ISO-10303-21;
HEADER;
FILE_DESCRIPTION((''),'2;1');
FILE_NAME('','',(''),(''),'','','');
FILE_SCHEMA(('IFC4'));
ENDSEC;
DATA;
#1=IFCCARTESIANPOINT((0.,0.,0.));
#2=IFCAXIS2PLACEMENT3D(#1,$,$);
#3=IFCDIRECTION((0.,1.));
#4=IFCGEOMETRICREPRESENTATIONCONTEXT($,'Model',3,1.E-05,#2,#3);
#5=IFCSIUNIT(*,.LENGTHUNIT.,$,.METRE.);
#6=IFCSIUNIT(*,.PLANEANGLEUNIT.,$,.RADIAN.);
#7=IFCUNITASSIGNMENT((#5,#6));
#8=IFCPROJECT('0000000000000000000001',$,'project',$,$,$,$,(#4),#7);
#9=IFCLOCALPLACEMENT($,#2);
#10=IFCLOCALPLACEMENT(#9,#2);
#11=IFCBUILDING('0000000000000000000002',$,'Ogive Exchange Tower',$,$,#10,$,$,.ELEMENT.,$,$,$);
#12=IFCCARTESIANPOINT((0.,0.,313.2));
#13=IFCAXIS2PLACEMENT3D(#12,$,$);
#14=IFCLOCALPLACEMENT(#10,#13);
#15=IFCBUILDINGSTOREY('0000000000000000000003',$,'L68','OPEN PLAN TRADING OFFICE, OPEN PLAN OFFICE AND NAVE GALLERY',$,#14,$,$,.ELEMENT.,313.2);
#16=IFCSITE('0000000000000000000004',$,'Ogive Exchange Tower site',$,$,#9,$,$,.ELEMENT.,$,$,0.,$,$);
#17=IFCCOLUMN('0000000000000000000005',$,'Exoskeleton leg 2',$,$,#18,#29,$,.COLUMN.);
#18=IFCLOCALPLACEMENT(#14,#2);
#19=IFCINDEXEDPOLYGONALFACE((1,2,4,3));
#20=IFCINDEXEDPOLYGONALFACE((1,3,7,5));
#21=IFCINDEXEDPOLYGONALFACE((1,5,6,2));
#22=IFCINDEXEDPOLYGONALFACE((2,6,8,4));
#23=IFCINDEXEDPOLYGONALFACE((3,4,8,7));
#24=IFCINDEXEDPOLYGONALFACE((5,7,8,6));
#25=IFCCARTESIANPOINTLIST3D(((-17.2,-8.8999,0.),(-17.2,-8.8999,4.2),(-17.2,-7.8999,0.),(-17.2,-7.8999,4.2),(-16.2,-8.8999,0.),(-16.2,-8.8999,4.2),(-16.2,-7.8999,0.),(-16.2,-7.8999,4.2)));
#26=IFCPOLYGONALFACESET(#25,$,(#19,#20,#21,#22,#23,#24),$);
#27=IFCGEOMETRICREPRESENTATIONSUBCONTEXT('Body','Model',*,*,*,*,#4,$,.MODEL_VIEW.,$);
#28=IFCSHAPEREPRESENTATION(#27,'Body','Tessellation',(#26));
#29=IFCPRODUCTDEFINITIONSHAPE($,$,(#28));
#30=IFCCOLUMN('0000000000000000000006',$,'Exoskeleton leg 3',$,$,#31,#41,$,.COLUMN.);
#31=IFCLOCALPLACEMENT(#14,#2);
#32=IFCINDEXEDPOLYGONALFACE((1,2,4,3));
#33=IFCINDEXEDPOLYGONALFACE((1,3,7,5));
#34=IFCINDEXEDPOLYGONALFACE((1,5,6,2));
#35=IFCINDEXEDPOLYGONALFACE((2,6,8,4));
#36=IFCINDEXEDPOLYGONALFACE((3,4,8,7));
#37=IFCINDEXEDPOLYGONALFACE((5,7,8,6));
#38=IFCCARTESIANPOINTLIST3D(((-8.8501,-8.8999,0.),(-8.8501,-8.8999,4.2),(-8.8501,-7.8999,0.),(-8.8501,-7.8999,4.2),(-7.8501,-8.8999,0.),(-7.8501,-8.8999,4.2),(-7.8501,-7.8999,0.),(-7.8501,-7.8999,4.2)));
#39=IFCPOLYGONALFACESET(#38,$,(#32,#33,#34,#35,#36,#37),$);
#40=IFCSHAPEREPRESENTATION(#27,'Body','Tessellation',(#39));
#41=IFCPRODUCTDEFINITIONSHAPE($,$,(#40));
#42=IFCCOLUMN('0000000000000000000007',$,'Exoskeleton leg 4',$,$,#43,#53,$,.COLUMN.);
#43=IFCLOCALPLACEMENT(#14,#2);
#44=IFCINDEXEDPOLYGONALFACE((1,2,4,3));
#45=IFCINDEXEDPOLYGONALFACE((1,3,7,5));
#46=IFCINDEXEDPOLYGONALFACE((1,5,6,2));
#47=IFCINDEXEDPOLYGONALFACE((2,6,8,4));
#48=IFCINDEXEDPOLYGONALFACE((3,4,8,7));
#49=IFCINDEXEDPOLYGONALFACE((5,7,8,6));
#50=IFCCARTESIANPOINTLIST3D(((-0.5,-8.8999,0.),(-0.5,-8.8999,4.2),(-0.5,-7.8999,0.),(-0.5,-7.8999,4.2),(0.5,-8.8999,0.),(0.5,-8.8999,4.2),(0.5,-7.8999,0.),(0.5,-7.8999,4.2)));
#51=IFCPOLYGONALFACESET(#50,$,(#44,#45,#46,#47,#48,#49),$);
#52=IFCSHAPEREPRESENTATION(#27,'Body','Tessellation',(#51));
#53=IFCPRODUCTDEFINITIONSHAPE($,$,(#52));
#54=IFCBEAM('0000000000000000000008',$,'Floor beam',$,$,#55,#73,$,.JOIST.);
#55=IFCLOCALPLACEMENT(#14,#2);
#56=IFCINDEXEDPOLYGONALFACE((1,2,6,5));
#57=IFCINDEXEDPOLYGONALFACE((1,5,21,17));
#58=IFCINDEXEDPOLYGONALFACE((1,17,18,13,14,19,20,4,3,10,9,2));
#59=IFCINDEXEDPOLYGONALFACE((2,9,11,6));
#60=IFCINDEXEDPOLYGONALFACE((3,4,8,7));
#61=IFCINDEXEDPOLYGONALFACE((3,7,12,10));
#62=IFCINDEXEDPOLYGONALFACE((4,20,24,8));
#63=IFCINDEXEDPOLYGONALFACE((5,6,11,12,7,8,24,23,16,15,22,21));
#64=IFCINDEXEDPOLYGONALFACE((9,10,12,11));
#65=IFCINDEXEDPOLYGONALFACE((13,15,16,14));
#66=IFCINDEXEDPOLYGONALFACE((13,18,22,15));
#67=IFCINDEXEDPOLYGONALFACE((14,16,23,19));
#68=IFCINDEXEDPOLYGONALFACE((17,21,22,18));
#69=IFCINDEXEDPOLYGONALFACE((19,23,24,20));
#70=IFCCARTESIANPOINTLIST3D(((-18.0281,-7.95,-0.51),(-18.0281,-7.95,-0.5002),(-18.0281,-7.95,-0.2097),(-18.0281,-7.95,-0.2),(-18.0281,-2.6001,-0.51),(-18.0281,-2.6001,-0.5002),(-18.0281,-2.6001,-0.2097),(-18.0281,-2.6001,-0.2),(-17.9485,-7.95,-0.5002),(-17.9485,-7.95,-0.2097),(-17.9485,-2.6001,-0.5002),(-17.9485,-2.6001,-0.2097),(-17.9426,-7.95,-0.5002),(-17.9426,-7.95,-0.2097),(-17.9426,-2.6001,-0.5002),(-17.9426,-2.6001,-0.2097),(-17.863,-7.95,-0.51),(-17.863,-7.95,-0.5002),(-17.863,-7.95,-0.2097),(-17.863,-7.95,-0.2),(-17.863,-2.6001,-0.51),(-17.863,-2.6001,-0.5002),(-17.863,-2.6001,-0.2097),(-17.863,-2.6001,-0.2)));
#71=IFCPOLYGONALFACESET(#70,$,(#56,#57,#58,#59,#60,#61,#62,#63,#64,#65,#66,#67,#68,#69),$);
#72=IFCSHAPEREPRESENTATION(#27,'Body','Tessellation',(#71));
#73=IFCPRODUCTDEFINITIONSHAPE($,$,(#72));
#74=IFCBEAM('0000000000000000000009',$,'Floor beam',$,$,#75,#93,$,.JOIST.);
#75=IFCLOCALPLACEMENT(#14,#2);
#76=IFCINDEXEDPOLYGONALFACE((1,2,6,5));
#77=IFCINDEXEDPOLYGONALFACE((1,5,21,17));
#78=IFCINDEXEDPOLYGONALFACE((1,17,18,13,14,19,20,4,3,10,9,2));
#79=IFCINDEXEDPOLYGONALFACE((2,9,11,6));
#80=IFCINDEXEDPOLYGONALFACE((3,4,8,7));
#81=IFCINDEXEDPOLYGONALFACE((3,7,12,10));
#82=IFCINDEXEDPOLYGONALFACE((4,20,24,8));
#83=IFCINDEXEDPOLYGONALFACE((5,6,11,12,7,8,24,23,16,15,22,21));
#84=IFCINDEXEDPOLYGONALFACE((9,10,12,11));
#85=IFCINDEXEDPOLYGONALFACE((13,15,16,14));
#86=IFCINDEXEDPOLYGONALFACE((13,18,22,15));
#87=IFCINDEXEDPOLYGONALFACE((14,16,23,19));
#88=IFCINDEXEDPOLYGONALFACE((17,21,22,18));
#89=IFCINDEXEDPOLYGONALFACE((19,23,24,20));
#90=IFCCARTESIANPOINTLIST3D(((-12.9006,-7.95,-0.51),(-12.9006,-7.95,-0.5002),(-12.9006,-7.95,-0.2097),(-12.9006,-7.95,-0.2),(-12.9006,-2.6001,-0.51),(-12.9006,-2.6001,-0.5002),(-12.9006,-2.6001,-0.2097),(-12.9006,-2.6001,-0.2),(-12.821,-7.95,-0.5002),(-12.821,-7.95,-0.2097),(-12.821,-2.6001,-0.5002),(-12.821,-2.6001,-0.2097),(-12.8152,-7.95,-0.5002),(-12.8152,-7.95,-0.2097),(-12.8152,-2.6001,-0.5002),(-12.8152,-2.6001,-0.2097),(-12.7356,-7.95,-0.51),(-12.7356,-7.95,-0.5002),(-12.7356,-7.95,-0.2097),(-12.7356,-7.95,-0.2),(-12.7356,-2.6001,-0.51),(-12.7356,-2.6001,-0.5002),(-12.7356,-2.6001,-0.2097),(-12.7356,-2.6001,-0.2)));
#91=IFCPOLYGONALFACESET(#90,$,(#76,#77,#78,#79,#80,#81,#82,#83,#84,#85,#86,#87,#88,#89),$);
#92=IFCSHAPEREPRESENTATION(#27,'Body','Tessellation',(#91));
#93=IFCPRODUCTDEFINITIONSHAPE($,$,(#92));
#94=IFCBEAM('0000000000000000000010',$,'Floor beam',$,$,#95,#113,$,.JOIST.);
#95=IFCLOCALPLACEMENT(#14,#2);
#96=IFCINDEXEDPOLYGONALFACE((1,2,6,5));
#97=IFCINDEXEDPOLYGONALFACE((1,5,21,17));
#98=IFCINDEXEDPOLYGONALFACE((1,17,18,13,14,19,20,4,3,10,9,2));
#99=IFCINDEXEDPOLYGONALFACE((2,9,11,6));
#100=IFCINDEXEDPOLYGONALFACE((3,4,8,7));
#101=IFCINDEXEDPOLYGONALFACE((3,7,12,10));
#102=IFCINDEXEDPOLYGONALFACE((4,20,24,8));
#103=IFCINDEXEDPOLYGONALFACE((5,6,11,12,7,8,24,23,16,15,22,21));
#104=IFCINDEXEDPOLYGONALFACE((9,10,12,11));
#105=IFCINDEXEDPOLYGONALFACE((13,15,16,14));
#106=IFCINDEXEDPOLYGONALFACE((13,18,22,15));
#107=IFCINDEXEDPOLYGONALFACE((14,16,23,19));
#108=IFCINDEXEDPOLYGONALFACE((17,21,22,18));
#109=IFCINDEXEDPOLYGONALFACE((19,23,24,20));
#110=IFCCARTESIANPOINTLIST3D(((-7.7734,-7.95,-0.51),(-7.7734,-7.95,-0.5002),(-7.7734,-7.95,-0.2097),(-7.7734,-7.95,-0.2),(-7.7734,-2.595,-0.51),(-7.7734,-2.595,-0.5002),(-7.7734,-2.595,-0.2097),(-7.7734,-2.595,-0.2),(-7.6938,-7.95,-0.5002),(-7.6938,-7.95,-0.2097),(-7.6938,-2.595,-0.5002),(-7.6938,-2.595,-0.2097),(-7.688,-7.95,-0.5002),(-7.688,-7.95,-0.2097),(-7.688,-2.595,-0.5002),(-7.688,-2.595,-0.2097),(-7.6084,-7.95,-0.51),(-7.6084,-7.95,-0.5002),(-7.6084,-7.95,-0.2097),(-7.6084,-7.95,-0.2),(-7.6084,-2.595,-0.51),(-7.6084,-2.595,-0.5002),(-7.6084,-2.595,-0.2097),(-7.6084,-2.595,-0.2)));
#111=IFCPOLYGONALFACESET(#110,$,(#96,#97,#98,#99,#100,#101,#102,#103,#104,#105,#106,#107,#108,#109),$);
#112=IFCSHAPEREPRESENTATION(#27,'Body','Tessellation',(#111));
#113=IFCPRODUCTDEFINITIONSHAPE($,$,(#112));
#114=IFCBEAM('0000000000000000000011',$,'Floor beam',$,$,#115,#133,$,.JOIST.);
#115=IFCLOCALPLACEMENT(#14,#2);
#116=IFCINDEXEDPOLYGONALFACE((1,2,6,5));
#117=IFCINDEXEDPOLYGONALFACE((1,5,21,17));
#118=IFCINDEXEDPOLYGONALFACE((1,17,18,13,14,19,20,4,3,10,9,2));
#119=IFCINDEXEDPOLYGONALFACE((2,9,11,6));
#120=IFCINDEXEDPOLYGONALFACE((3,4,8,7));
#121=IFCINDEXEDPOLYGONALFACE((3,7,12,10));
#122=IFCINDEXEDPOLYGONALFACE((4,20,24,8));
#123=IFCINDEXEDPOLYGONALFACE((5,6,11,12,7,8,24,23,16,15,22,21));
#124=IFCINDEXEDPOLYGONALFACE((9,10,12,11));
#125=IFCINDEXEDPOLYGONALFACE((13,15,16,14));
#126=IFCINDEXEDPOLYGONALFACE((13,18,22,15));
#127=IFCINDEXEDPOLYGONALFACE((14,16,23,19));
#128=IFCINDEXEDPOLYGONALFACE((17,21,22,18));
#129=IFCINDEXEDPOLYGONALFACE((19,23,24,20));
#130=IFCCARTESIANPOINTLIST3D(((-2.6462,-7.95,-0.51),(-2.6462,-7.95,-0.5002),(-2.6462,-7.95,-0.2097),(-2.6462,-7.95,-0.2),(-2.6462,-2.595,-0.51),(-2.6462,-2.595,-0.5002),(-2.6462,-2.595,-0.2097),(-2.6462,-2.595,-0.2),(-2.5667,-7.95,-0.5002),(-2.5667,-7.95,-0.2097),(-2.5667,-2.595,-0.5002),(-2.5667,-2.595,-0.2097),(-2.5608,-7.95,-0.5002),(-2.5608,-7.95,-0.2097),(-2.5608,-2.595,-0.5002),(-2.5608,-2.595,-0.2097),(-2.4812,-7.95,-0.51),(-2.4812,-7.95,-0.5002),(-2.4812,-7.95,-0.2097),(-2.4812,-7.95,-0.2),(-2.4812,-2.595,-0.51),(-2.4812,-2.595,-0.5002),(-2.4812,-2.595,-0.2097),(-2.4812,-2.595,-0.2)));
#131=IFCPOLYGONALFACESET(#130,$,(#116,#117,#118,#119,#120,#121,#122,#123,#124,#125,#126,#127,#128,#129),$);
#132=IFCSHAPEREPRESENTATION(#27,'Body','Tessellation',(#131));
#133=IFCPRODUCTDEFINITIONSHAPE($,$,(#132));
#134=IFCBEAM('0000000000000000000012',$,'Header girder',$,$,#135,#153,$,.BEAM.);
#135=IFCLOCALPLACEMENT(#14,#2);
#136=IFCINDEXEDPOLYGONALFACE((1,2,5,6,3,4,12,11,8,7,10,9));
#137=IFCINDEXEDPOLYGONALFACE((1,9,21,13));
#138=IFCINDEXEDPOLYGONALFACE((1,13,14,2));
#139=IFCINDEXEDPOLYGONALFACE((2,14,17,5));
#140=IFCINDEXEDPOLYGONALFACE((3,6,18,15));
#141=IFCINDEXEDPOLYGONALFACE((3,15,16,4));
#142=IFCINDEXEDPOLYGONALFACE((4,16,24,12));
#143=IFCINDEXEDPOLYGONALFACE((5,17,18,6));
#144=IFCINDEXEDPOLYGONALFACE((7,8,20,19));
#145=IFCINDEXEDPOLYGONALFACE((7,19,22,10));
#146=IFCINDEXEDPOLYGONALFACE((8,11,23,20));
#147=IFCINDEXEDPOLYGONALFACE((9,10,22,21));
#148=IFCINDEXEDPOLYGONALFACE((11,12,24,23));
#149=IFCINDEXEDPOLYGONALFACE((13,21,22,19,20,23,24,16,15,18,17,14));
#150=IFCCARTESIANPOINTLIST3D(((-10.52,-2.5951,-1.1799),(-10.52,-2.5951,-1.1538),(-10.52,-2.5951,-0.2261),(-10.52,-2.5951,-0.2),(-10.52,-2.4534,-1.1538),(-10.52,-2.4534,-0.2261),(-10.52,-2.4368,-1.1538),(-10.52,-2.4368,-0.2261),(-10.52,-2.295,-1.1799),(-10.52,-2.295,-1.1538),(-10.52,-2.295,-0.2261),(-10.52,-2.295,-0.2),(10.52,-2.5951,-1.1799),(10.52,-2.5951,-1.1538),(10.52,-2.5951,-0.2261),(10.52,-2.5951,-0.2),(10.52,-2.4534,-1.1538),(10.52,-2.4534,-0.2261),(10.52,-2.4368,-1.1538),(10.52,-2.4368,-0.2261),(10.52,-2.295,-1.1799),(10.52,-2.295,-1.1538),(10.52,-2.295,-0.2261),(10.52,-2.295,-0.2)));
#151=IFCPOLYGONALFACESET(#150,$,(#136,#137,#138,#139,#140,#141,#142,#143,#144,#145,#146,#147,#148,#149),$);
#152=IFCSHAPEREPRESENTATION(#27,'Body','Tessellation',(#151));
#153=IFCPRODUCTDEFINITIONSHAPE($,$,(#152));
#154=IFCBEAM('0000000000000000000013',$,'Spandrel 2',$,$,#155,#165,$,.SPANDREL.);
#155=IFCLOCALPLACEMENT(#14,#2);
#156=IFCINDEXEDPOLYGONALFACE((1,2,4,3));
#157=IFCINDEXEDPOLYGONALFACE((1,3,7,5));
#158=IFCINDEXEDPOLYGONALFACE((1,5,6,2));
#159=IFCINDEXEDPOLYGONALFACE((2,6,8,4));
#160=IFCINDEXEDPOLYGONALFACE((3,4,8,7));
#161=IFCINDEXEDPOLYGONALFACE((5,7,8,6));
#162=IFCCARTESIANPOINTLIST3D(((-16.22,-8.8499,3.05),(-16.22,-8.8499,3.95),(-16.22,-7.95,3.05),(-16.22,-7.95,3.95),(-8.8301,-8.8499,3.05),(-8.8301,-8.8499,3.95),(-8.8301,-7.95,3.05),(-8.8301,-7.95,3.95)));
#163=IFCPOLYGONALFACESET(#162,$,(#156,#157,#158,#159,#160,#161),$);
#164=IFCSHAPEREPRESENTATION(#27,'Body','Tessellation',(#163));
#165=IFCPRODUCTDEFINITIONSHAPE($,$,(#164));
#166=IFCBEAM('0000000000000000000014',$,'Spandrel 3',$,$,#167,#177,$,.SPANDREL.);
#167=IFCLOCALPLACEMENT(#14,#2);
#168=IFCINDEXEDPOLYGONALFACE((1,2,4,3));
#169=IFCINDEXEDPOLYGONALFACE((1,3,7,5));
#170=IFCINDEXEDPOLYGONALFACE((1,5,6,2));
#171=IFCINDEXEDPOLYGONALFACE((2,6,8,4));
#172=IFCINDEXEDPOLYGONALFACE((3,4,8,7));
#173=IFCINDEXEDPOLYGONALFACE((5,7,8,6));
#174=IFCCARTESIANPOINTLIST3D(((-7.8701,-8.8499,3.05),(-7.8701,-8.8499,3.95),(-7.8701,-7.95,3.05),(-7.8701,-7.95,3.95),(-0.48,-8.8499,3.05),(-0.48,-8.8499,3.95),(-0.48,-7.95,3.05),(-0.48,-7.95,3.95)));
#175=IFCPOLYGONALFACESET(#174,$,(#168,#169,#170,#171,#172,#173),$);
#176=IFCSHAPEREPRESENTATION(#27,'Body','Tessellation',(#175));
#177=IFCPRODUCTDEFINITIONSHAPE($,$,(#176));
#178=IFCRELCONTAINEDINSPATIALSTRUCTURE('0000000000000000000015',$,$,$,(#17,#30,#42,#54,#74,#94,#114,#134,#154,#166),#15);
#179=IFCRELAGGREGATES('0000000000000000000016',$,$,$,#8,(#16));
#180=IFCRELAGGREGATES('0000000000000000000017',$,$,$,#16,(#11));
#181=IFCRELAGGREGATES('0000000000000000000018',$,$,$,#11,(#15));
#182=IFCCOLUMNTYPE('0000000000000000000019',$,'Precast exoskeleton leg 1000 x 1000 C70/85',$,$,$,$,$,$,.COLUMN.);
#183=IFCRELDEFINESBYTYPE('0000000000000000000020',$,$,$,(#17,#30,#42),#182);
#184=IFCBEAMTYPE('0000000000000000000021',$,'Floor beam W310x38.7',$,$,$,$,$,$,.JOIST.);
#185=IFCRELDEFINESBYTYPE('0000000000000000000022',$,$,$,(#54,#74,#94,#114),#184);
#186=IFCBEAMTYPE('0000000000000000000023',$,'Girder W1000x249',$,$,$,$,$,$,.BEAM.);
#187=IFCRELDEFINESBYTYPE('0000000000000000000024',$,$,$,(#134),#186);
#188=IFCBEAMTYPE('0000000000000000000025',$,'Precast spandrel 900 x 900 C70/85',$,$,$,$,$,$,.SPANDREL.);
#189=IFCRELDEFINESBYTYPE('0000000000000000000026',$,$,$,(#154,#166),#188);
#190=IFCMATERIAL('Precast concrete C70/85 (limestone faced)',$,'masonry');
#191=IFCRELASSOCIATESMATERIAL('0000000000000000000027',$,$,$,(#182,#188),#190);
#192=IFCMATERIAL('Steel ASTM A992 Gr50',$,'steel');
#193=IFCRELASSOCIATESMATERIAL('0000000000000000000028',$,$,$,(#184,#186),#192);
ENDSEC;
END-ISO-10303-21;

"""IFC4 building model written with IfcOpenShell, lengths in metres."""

from ifc_helpers import new_model, si_unit, direction, frame, origin, origin_2d, place, context, subcontext, project, spatial, rectangle, i_section, extrude, material, material_profile, profile_set, type_object, element, save


model = new_model("IFC4")

# Units and contexts
model_context = context("Model", 3, precision=1e-05, world=origin(), true_north=direction((0.0, 1.0)))
body_context = subcontext(model_context, "Body", "Model", "MODEL_VIEW")
ifc_project = project(units=[si_unit("LENGTHUNIT", "METRE"), si_unit("PLANEANGLEUNIT", "RADIAN")], contexts=[model_context])

# Site, building, storey
site_placement = place(None, origin())
site = spatial("IfcSite", under=ifc_project, at=site_placement, Name="Ogive Exchange Tower site", CompositionType="ELEMENT", RefElevation=0.0)
building_placement = place(site_placement, origin())
building = spatial("IfcBuilding", under=site, at=building_placement, Name="Ogive Exchange Tower", CompositionType="ELEMENT")
storey_placement = place(building_placement, frame((0.0, 0.0, 313.2)))
storey = spatial("IfcBuildingStorey", under=building, at=storey_placement, Name="L68", Description="OPEN PLAN TRADING OFFICE, OPEN PLAN OFFICE AND NAVE GALLERY", CompositionType="ELEMENT", Elevation=313.2)

# Columns
ifc_material_1 = material(Name="Precast concrete C70/85 (limestone faced)", Category="masonry")
ifc_material_profile_1 = material_profile(ifc_material_1, rectangle(XDim=1.0, YDim=1.0, at=origin_2d()), Name="1000 x 1000")
ifc_profile_set_1 = profile_set([ifc_material_profile_1], Name="Precast concrete C70/85 (limestone faced)")
column_type = type_object("IfcColumnType", Name="Precast exoskeleton leg 1000 x 1000 C70/85", PredefinedType="COLUMN", material=ifc_profile_set_1)
for number, where, z_axis, x_axis, name in (
    (1, (-16.7, -8.3999, 0.0), (0.0, 0.0, 1.0), (1.0, 0.0, 0.0), "Exoskeleton leg 2"),
    (2, (-8.3501, -8.3999, 0.0), (0.0, 0.0, 1.0), (1.0, 0.0, 0.0), "Exoskeleton leg 3"),
    (3, (0.0, -8.3999, 0.0), (0.0, 0.0, 1.0), (1.0, 0.0, 0.0), "Exoskeleton leg 4"),
):
    element("IfcColumn", number, at=place(storey_placement, frame(where, z_axis=z_axis, x_axis=x_axis)), inside=storey, type_object=column_type, Name=name, PredefinedType="COLUMN", context=body_context, shape_type="SweptSolid", body=[
        extrude(rectangle(XDim=1.0, YDim=1.0, at=origin_2d()), origin(), (0.0, 0.0, 1.0), 4.2),
    ])

# Beams
ifc_material_2 = material(Name="Steel ASTM A992 Gr50", Category="steel")
ifc_material_profile_2 = material_profile(ifc_material_2, i_section(OverallWidth=0.165, OverallDepth=0.3101, WebThickness=0.0059, FlangeThickness=0.0098, at=origin_2d()), Name="W310x38.7")
ifc_profile_set_2 = profile_set([ifc_material_profile_2], Name="Steel ASTM A992 Gr50")
beam_type_1 = type_object("IfcBeamType", Name="Floor beam W310x38.7", PredefinedType="JOIST", material=ifc_profile_set_2)
for number, where, z_axis, x_axis, name in (
    (4, (-17.9456, -7.95, -0.355), (0.0, 1.0, 0.0), (-1.0, 0.0, 0.0), "Floor beam"),
    (5, (-12.8181, -7.95, -0.355), (0.0, 1.0, 0.0), (-1.0, 0.0, 0.0), "Floor beam"),
):
    element("IfcBeam", number, at=place(storey_placement, frame(where, z_axis=z_axis, x_axis=x_axis)), inside=storey, type_object=beam_type_1, Name=name, PredefinedType="JOIST", context=body_context, shape_type="SweptSolid", body=[
        extrude(i_section(OverallWidth=0.165, OverallDepth=0.3101, WebThickness=0.0059, FlangeThickness=0.0098, at=origin_2d()), origin(), (0.0, 0.0, 1.0), 5.3499),
    ])
for number, where, z_axis, x_axis, name in (
    (6, (-7.6909, -7.95, -0.355), (0.0, 1.0, 0.0), (-1.0, 0.0, 0.0), "Floor beam"),
    (7, (-2.5637, -7.95, -0.355), (0.0, 1.0, 0.0), (-1.0, 0.0, 0.0), "Floor beam"),
):
    element("IfcBeam", number, at=place(storey_placement, frame(where, z_axis=z_axis, x_axis=x_axis)), inside=storey, type_object=beam_type_1, Name=name, PredefinedType="JOIST", context=body_context, shape_type="SweptSolid", body=[
        extrude(i_section(OverallWidth=0.165, OverallDepth=0.3101, WebThickness=0.0059, FlangeThickness=0.0098, at=origin_2d()), origin(), (0.0, 0.0, 1.0), 5.355),
    ])
ifc_material_profile_3 = material_profile(ifc_material_2, i_section(OverallWidth=0.3, OverallDepth=0.98, WebThickness=0.0166, FlangeThickness=0.0261, at=origin_2d()), Name="W1000x249")
ifc_profile_set_3 = profile_set([ifc_material_profile_3], Name="Steel ASTM A992 Gr50")
beam_type_2 = type_object("IfcBeamType", Name="Girder W1000x249", PredefinedType="BEAM", material=ifc_profile_set_3)
beam_1_placement = place(storey_placement, frame((-10.52, -2.4451, -0.6899), z_axis=(1.0, 0.0, 0.0), x_axis=(0.0, 1.0, 0.0)))
element("IfcBeam", 8, at=beam_1_placement, inside=storey, type_object=beam_type_2, Name="Header girder", PredefinedType="BEAM", context=body_context, shape_type="SweptSolid", body=[
    extrude(i_section(OverallWidth=0.3, OverallDepth=0.98, WebThickness=0.0166, FlangeThickness=0.0261, at=origin_2d()), origin(), (0.0, 0.0, 1.0), 21.04),
])
ifc_material_profile_4 = material_profile(ifc_material_1, rectangle(XDim=0.8999, YDim=0.8999, at=origin_2d()), Name="900 x 900")
ifc_profile_set_4 = profile_set([ifc_material_profile_4], Name="Precast concrete C70/85 (limestone faced)")
beam_type_3 = type_object("IfcBeamType", Name="Precast spandrel 900 x 900 C70/85", PredefinedType="SPANDREL", material=ifc_profile_set_4)
beam_2_placement = place(storey_placement, frame((-16.22, -8.3999, 3.5), z_axis=(1.0, 0.0, 0.0), x_axis=(0.0, 1.0, 0.0)))
element("IfcBeam", 9, at=beam_2_placement, inside=storey, type_object=beam_type_3, Name="Spandrel 2", PredefinedType="SPANDREL", context=body_context, shape_type="SweptSolid", body=[
    extrude(rectangle(XDim=0.8999, YDim=0.8999, at=origin_2d()), origin(), (0.0, 0.0, 1.0), 7.3899),
])
beam_3_placement = place(storey_placement, frame((-7.8701, -8.3999, 3.5), z_axis=(1.0, 0.0, 0.0), x_axis=(0.0, 1.0, 0.0)))
element("IfcBeam", 10, at=beam_3_placement, inside=storey, type_object=beam_type_3, Name="Spandrel 3", PredefinedType="SPANDREL", context=body_context, shape_type="SweptSolid", body=[
    extrude(rectangle(XDim=0.8999, YDim=0.8999, at=origin_2d()), origin(), (0.0, 0.0, 1.0), 7.3901),
])

save(model, "model.ifc")
